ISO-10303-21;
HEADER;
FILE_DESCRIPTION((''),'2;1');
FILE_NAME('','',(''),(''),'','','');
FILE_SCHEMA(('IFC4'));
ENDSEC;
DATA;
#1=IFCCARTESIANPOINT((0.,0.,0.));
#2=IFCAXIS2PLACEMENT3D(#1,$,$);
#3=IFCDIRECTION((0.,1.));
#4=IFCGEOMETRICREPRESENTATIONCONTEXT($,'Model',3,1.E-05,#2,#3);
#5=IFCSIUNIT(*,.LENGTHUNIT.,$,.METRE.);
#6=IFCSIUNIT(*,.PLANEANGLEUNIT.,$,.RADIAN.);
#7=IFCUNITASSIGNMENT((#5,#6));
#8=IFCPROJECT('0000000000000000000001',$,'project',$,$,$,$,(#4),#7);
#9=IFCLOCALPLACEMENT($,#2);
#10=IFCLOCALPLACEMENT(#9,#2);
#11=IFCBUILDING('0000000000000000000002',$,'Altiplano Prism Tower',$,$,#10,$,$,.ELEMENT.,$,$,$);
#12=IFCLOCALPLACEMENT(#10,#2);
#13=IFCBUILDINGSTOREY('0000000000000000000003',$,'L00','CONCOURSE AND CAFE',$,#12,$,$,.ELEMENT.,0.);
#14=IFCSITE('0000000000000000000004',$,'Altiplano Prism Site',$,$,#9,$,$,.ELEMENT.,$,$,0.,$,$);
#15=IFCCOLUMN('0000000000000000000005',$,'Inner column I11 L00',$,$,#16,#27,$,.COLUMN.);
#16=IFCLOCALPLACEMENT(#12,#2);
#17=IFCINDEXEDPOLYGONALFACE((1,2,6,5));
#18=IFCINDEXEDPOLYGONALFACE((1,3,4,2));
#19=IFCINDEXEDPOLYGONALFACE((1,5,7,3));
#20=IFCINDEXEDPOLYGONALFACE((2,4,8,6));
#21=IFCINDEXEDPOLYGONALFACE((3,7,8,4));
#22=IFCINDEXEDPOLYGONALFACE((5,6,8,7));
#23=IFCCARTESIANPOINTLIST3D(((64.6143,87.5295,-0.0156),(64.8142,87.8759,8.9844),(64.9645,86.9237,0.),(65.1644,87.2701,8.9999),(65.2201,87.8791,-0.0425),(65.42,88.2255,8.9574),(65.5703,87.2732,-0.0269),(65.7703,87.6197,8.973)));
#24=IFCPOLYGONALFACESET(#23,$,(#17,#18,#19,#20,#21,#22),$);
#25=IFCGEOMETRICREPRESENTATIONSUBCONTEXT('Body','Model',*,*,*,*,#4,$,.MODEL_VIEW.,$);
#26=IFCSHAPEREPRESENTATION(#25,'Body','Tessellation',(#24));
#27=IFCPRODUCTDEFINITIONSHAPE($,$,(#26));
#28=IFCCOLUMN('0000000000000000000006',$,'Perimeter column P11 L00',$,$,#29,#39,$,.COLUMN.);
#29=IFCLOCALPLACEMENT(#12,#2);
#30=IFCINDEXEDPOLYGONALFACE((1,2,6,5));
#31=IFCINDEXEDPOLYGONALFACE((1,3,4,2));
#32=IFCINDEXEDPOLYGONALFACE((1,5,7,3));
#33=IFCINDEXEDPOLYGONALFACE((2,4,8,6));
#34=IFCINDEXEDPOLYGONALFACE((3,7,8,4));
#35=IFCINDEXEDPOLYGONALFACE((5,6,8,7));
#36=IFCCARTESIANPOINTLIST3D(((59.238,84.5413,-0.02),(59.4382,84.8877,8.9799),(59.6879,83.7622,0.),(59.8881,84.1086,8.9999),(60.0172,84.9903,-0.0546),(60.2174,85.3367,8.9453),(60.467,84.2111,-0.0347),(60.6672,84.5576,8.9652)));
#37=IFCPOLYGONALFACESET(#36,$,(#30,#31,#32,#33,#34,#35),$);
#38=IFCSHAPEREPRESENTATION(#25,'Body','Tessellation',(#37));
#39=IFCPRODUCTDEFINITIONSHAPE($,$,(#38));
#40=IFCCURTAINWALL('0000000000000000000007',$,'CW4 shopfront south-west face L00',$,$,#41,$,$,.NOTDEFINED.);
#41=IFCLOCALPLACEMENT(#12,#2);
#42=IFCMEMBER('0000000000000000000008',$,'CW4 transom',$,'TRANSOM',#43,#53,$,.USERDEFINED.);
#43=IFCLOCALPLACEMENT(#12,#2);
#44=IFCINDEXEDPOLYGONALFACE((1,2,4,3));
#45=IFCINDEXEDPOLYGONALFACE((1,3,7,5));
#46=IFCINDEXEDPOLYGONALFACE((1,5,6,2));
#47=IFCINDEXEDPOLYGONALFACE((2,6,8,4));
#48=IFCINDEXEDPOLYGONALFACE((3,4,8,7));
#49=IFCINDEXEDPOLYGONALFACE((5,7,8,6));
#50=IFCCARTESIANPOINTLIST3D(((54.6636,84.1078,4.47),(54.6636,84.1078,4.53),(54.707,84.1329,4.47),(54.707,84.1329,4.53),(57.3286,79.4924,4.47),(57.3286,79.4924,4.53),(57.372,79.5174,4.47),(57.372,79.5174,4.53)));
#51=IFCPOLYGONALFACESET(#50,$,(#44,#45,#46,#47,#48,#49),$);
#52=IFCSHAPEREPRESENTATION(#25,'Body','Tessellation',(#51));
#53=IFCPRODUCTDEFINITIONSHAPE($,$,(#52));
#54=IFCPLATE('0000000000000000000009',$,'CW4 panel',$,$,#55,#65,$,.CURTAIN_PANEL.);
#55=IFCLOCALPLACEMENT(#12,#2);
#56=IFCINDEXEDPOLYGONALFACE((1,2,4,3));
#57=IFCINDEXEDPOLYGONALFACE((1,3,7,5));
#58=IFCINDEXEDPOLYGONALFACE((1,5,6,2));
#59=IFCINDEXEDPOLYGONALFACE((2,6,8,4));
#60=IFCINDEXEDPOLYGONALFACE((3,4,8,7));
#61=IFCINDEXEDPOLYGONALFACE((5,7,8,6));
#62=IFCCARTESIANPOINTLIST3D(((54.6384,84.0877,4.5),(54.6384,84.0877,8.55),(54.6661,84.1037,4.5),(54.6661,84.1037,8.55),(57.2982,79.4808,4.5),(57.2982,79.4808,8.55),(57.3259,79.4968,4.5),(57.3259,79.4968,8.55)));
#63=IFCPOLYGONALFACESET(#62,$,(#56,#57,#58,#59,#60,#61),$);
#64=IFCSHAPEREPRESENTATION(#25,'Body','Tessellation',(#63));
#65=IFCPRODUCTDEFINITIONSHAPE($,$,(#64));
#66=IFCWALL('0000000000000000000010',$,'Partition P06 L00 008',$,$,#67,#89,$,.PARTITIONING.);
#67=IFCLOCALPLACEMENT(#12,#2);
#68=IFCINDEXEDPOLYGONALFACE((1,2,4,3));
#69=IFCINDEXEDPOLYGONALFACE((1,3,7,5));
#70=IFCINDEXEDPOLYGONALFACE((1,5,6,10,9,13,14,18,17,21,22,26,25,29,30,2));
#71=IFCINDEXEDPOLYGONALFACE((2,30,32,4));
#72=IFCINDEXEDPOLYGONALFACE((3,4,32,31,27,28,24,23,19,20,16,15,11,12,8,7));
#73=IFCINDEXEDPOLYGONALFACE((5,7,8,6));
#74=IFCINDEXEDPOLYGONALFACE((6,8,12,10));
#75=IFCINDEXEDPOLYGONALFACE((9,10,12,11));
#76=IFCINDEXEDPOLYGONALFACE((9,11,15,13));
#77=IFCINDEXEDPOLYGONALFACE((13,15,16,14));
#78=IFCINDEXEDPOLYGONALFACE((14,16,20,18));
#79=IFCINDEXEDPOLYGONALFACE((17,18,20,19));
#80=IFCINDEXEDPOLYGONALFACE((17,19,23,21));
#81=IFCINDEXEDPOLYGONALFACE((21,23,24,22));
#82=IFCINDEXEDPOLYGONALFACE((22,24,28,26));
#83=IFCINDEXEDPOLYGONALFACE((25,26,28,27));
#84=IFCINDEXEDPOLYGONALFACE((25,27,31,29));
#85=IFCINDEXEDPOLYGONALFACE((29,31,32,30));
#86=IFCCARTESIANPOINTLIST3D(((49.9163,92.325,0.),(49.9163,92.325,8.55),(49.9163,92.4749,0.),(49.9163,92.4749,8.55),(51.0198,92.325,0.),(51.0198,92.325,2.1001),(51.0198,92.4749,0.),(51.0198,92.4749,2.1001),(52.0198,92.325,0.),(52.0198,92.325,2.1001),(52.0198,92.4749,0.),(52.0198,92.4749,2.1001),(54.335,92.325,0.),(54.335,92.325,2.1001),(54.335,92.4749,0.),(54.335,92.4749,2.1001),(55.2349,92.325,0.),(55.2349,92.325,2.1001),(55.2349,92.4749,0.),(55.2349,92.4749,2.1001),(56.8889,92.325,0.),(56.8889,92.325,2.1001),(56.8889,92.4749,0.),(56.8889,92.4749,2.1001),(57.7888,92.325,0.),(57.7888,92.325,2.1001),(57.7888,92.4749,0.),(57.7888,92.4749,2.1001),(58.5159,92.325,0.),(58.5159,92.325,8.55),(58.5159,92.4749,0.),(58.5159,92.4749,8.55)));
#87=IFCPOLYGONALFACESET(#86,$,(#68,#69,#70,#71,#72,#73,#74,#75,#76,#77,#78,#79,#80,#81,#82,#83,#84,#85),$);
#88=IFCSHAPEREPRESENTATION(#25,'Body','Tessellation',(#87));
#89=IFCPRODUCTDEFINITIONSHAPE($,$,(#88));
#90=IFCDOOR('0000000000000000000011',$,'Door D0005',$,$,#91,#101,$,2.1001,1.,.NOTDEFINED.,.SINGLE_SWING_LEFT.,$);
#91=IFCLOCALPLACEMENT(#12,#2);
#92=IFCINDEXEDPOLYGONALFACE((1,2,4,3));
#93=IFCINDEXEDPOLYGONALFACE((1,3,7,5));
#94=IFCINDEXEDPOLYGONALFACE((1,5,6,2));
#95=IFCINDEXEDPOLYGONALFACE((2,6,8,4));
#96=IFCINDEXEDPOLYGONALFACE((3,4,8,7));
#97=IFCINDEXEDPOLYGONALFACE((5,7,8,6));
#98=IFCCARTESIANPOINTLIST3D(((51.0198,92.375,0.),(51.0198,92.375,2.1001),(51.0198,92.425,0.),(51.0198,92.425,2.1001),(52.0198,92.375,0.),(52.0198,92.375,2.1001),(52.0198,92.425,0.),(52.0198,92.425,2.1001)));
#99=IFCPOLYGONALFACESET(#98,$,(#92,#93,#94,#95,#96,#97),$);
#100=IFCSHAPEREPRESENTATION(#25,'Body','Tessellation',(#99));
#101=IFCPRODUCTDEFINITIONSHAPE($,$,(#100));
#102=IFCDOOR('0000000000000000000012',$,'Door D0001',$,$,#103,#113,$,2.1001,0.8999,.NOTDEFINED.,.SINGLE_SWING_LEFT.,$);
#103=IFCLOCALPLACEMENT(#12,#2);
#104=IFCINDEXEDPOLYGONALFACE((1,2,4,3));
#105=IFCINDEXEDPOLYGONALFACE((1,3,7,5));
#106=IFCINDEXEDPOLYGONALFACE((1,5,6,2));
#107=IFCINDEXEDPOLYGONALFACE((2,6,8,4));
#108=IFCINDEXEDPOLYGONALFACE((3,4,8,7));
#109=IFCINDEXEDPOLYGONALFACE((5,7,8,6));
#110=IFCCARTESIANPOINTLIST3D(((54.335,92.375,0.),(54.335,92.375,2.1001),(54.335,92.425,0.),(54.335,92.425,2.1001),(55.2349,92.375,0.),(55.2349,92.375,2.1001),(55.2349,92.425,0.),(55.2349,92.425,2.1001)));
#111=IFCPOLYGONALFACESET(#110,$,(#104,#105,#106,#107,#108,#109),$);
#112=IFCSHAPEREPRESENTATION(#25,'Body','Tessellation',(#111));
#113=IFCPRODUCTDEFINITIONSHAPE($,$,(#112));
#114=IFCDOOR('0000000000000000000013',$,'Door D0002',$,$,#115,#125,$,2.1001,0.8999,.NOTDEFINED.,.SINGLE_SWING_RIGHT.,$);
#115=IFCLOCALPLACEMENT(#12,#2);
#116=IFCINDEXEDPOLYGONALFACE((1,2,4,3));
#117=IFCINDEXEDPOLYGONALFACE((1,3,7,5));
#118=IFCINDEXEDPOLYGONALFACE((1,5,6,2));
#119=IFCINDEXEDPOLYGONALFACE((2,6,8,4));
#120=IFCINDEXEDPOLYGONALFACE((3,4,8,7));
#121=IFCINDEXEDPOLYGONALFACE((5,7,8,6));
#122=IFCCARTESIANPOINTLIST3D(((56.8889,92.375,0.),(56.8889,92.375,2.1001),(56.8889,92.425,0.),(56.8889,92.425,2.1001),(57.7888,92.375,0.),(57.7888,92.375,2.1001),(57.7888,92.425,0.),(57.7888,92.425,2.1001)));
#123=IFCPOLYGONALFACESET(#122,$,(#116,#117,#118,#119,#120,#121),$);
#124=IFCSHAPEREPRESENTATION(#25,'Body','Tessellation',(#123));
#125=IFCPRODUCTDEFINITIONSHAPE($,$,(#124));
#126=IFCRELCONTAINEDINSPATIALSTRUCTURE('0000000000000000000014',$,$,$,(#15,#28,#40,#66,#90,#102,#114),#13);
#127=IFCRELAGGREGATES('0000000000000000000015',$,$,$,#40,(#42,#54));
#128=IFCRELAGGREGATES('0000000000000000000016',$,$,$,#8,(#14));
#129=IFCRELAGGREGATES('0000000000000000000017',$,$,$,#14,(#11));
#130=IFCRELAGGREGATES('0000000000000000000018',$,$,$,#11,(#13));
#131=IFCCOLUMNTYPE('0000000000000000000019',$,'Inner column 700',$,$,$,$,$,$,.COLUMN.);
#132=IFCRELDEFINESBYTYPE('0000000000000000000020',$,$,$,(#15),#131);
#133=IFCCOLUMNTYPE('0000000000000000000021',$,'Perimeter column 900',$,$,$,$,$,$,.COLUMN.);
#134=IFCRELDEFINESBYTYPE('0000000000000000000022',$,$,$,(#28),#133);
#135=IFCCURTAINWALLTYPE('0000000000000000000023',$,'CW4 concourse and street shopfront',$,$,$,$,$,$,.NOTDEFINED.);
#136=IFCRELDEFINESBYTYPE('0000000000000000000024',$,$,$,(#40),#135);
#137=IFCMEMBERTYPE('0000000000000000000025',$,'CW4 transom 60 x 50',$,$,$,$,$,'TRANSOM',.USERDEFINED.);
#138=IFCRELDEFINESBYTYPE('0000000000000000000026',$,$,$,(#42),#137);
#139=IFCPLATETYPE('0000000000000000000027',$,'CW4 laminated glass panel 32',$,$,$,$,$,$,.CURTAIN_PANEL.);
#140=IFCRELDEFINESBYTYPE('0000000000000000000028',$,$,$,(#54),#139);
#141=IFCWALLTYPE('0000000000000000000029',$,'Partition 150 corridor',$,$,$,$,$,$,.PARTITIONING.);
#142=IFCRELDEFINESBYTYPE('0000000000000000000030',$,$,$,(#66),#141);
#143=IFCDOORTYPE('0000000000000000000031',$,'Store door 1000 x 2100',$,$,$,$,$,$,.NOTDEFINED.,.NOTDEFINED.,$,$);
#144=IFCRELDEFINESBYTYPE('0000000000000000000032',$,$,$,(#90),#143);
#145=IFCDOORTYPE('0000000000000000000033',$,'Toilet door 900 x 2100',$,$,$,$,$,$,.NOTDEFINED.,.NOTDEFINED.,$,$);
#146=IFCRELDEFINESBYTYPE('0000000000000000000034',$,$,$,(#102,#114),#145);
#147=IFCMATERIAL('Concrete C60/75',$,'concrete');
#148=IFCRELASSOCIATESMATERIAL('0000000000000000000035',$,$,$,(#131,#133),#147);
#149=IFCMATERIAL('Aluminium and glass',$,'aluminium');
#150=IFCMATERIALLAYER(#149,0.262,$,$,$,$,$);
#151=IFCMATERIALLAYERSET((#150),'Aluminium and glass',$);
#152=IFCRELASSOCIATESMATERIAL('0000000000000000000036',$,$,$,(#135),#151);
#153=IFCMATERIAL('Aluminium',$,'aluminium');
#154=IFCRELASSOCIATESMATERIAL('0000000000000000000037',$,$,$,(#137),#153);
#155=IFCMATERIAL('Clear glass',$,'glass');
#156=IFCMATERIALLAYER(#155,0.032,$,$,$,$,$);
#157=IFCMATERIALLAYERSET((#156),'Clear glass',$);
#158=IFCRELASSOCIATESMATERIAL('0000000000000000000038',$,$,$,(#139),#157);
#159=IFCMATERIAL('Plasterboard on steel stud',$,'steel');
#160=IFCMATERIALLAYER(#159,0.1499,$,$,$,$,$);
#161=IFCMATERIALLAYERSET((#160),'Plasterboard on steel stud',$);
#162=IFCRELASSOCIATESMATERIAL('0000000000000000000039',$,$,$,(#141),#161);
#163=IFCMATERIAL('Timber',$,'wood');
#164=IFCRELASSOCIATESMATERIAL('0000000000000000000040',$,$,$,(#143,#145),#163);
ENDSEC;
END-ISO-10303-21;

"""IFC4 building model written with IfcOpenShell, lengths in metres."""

from ifc_helpers import new_model, si_unit, direction, frame, frame_2d, origin, origin_2d, place, context, subcontext, project, spatial, rectangle, extrude, material, layer, layer_set, material_profile, profile_set, type_object, element, fill, aggregate, save


model = new_model("IFC4")

# Units and contexts
model_context = context("Model", 3, precision=1e-05, world=origin(), true_north=direction((0.0, 1.0)))
body_context = subcontext(model_context, "Body", "Model", "MODEL_VIEW")
ifc_project = project(units=[si_unit("LENGTHUNIT", "METRE"), si_unit("PLANEANGLEUNIT", "RADIAN")], contexts=[model_context])

# Site, building, storey
site_placement = place(None, origin())
site = spatial("IfcSite", under=ifc_project, at=site_placement, Name="Altiplano Prism Site", CompositionType="ELEMENT", RefElevation=0.0)
building_placement = place(site_placement, origin())
building = spatial("IfcBuilding", under=site, at=building_placement, Name="Altiplano Prism Tower", CompositionType="ELEMENT")
storey_placement = place(building_placement, origin())
storey = spatial("IfcBuildingStorey", under=building, at=storey_placement, Name="L00", Description="CONCOURSE AND CAFE", CompositionType="ELEMENT", Elevation=0.0)

# Columns
ifc_material_1 = material(Name="Concrete C60/75", Category="concrete")
ifc_material_profile_1 = material_profile(ifc_material_1, rectangle(XDim=0.7, YDim=0.7, at=origin_2d()), Name="Inner column 700")
ifc_profile_set_1 = profile_set([ifc_material_profile_1], Name="Concrete C60/75")
column_type_1 = type_object("IfcColumnType", Name="Inner column 700", PredefinedType="COLUMN", material=ifc_profile_set_1)
column_1_placement = place(storey_placement, frame((65.0923, 87.4014, -0.0212), z_axis=(0.022195, 0.038455, 0.999014), x_axis=(-0.865531, -0.499377, 0.038452)))
element("IfcColumn", 1, at=column_1_placement, inside=storey, type_object=column_type_1, Name="Inner column I11 L00", PredefinedType="COLUMN", context=body_context, shape_type="SweptSolid", body=[
    extrude(rectangle(XDim=0.7, YDim=0.7, at=origin_2d()), origin(), (0.0, 0.0, 1.0), 9.0088),
])
ifc_material_profile_2 = material_profile(ifc_material_1, rectangle(XDim=0.8999, YDim=0.8999, at=origin_2d()), Name="Perimeter column 900")
ifc_profile_set_2 = profile_set([ifc_material_profile_2], Name="Concrete C60/75")
column_type_2 = type_object("IfcColumnType", Name="Perimeter column 900", PredefinedType="COLUMN", material=ifc_profile_set_2)
column_2_placement = place(storey_placement, frame((59.8525, 84.3762, -0.0273), z_axis=(0.022222, 0.038455, 0.999013), x_axis=(-0.865794, -0.498919, 0.038463)))
element("IfcColumn", 2, at=column_2_placement, inside=storey, type_object=column_type_2, Name="Perimeter column P11 L00", PredefinedType="COLUMN", context=body_context, shape_type="SweptSolid", body=[
    extrude(rectangle(XDim=0.8999, YDim=0.8999, at=origin_2d()), origin(), (0.0, 0.0, 1.0), 9.0088),
])

# Curtain wall, member, plate
ifc_material_2 = material(Name="Aluminium and glass", Category="aluminium")
ifc_layer_1 = layer(ifc_material_2, 0.262)
ifc_layer_set_1 = layer_set([ifc_layer_1], Name="Aluminium and glass")
curtain_wall_type = type_object("IfcCurtainWallType", Name="CW4 concourse and street shopfront", PredefinedType="NOTDEFINED", material=ifc_layer_set_1)
curtain_wall_placement = place(storey_placement, origin())
curtain_wall = element("IfcCurtainWall", 3, at=curtain_wall_placement, inside=storey, type_object=curtain_wall_type, Name="CW4 shopfront south-west face L00", PredefinedType="NOTDEFINED")
ifc_material_3 = material(Name="Aluminium", Category="aluminium")
ifc_material_profile_3 = material_profile(ifc_material_3, rectangle(XDim=0.05, YDim=0.0601, at=origin_2d()), Name="CW4 transom 60 x 50")
ifc_profile_set_3 = profile_set([ifc_material_profile_3], Name="Aluminium")
member_type = type_object("IfcMemberType", Name="CW4 transom 60 x 50", ElementType="TRANSOM", PredefinedType="USERDEFINED", material=ifc_profile_set_3)
member_placement = place(storey_placement, frame((54.6853, 84.1204, 4.5), z_axis=(0.500041, -0.866002, 0.0), x_axis=(0.866002, 0.500041, 0.0)))
member = element("IfcMember", 4, at=member_placement, type_object=member_type, Name="CW4 transom", ObjectType="TRANSOM", PredefinedType="USERDEFINED", context=body_context, shape_type="SweptSolid", body=[
    extrude(rectangle(XDim=0.05, YDim=0.0601, at=origin_2d()), origin(), (0.0, 0.0, 1.0), 5.3296),
])
ifc_material_4 = material(Name="Clear glass", Category="glass")
ifc_layer_2 = layer(ifc_material_4, 0.032)
ifc_layer_set_2 = layer_set([ifc_layer_2], Name="Clear glass")
plate_type = type_object("IfcPlateType", Name="CW4 laminated glass panel 32", PredefinedType="CURTAIN_PANEL", material=ifc_layer_set_2)
plate_placement = place(storey_placement, frame((55.9822, 81.7922, 4.5), z_axis=(0.0, 0.0, 1.0), x_axis=(0.5, -0.866025, 0.0)))
plate = element("IfcPlate", 5, at=plate_placement, type_object=plate_type, Name="CW4 panel", PredefinedType="CURTAIN_PANEL", context=body_context, shape_type="SweptSolid", body=[
    extrude(rectangle(XDim=5.3196, YDim=0.032, at=origin_2d()), origin(), (0.0, 0.0, 1.0), 4.05),
])
aggregate(curtain_wall, [member, plate])

# Wall, openings, doors
ifc_material_5 = material(Name="Plasterboard on steel stud", Category="steel")
ifc_layer_3 = layer(ifc_material_5, 0.1499)
ifc_layer_set_3 = layer_set([ifc_layer_3], Name="Plasterboard on steel stud")
wall_type_1 = type_object("IfcWallType", Name="Partition 150 corridor", PredefinedType="PARTITIONING", material=ifc_layer_set_3)
wall_1_placement = place(storey_placement, frame((58.5159, 92.3999, 0.0), z_axis=(0.0, 0.0, 1.0), x_axis=(-1.0, 0.0, 0.0)))
wall_1 = element("IfcWall", 6, at=wall_1_placement, inside=storey, type_object=wall_type_1, Name="Partition P06 L00 008", PredefinedType="PARTITIONING", context=body_context, shape_type="SweptSolid", body=[
    extrude(rectangle(XDim=8.5996, YDim=0.1499, at=frame_2d((4.2998, 0.0))), origin(), (0.0, 0.0, 1.0), 8.55),
])
opening_1_placement = place(wall_1_placement, frame((3.281, 0.0, 0.0)))
opening_1 = element("IfcOpeningElement", 7, at=opening_1_placement, cuts=wall_1, PredefinedType="OPENING", context=body_context, shape_type="SweptSolid", body=[
    extrude(rectangle(XDim=0.8999, YDim=2.1001, at=frame_2d((0.45, 1.05))), frame((0.0, 0.0854, 0.0), z_axis=(0.0, -1.0, 0.0), x_axis=(1.0, 0.0, 0.0)), (0.0, 0.0, 1.0), 0.1709),
])
opening_2_placement = place(wall_1_placement, frame((0.7271, 0.0, 0.0)))
opening_2 = element("IfcOpeningElement", 8, at=opening_2_placement, cuts=wall_1, PredefinedType="OPENING", context=body_context, shape_type="SweptSolid", body=[
    extrude(rectangle(XDim=0.8999, YDim=2.1001, at=frame_2d((0.45, 1.05))), frame((0.0, 0.0854, 0.0), z_axis=(0.0, -1.0, 0.0), x_axis=(1.0, 0.0, 0.0)), (0.0, 0.0, 1.0), 0.1709),
])
opening_3_placement = place(wall_1_placement, frame((6.4961, 0.0, 0.0)))
opening_3 = element("IfcOpeningElement", 9, at=opening_3_placement, cuts=wall_1, PredefinedType="OPENING", context=body_context, shape_type="SweptSolid", body=[
    extrude(rectangle(XDim=1.0, YDim=2.1001, at=frame_2d((0.5, 1.05))), frame((0.0, 0.0854, 0.0), z_axis=(0.0, -1.0, 0.0), x_axis=(1.0, 0.0, 0.0)), (0.0, 0.0, 1.0), 0.1709),
])
ifc_material_6 = material(Name="Timber", Category="wood")
door_type_1 = type_object("IfcDoorType", Name="Store door 1000 x 2100", OperationType="NOTDEFINED", PredefinedType="NOTDEFINED", material=ifc_material_6)
door_1_placement = place(opening_3_placement, origin())
door_1 = element("IfcDoor", 10, at=door_1_placement, inside=storey, type_object=door_type_1, Name="Door D0005", OperationType="SINGLE_SWING_LEFT", OverallHeight=2.1001, OverallWidth=1.0, PredefinedType="NOTDEFINED", context=body_context, shape_type="SweptSolid", body=[
    extrude(rectangle(XDim=1.0, YDim=2.1001, at=frame_2d((0.5, 1.05))), frame((0.0, 0.0249, 0.0), z_axis=(0.0, -1.0, 0.0), x_axis=(1.0, 0.0, 0.0)), (0.0, 0.0, 1.0), 0.05),
])
fill(opening_3, door_1)
door_type_2 = type_object("IfcDoorType", Name="Toilet door 900 x 2100", OperationType="NOTDEFINED", PredefinedType="NOTDEFINED", material=ifc_material_6)
door_2_placement = place(opening_1_placement, origin())
door_2 = element("IfcDoor", 11, at=door_2_placement, inside=storey, type_object=door_type_2, Name="Door D0001", OperationType="SINGLE_SWING_LEFT", OverallHeight=2.1001, OverallWidth=0.8999, PredefinedType="NOTDEFINED", context=body_context, shape_type="SweptSolid", body=[
    extrude(rectangle(XDim=0.8999, YDim=2.1001, at=frame_2d((0.45, 1.05))), frame((0.0, 0.0249, 0.0), z_axis=(0.0, -1.0, 0.0), x_axis=(1.0, 0.0, 0.0)), (0.0, 0.0, 1.0), 0.05),
])
fill(opening_1, door_2)
door_3_placement = place(opening_2_placement, origin())
door_3 = element("IfcDoor", 12, at=door_3_placement, inside=storey, type_object=door_type_2, Name="Door D0002", OperationType="SINGLE_SWING_RIGHT", OverallHeight=2.1001, OverallWidth=0.8999, PredefinedType="NOTDEFINED", context=body_context, shape_type="SweptSolid", body=[
    extrude(rectangle(XDim=0.8999, YDim=2.1001, at=frame_2d((0.45, 1.05))), frame((0.0, 0.0249, 0.0), z_axis=(0.0, -1.0, 0.0), x_axis=(1.0, 0.0, 0.0)), (0.0, 0.0, 1.0), 0.05),
])
fill(opening_2, door_3)

save(model, "model.ifc")
